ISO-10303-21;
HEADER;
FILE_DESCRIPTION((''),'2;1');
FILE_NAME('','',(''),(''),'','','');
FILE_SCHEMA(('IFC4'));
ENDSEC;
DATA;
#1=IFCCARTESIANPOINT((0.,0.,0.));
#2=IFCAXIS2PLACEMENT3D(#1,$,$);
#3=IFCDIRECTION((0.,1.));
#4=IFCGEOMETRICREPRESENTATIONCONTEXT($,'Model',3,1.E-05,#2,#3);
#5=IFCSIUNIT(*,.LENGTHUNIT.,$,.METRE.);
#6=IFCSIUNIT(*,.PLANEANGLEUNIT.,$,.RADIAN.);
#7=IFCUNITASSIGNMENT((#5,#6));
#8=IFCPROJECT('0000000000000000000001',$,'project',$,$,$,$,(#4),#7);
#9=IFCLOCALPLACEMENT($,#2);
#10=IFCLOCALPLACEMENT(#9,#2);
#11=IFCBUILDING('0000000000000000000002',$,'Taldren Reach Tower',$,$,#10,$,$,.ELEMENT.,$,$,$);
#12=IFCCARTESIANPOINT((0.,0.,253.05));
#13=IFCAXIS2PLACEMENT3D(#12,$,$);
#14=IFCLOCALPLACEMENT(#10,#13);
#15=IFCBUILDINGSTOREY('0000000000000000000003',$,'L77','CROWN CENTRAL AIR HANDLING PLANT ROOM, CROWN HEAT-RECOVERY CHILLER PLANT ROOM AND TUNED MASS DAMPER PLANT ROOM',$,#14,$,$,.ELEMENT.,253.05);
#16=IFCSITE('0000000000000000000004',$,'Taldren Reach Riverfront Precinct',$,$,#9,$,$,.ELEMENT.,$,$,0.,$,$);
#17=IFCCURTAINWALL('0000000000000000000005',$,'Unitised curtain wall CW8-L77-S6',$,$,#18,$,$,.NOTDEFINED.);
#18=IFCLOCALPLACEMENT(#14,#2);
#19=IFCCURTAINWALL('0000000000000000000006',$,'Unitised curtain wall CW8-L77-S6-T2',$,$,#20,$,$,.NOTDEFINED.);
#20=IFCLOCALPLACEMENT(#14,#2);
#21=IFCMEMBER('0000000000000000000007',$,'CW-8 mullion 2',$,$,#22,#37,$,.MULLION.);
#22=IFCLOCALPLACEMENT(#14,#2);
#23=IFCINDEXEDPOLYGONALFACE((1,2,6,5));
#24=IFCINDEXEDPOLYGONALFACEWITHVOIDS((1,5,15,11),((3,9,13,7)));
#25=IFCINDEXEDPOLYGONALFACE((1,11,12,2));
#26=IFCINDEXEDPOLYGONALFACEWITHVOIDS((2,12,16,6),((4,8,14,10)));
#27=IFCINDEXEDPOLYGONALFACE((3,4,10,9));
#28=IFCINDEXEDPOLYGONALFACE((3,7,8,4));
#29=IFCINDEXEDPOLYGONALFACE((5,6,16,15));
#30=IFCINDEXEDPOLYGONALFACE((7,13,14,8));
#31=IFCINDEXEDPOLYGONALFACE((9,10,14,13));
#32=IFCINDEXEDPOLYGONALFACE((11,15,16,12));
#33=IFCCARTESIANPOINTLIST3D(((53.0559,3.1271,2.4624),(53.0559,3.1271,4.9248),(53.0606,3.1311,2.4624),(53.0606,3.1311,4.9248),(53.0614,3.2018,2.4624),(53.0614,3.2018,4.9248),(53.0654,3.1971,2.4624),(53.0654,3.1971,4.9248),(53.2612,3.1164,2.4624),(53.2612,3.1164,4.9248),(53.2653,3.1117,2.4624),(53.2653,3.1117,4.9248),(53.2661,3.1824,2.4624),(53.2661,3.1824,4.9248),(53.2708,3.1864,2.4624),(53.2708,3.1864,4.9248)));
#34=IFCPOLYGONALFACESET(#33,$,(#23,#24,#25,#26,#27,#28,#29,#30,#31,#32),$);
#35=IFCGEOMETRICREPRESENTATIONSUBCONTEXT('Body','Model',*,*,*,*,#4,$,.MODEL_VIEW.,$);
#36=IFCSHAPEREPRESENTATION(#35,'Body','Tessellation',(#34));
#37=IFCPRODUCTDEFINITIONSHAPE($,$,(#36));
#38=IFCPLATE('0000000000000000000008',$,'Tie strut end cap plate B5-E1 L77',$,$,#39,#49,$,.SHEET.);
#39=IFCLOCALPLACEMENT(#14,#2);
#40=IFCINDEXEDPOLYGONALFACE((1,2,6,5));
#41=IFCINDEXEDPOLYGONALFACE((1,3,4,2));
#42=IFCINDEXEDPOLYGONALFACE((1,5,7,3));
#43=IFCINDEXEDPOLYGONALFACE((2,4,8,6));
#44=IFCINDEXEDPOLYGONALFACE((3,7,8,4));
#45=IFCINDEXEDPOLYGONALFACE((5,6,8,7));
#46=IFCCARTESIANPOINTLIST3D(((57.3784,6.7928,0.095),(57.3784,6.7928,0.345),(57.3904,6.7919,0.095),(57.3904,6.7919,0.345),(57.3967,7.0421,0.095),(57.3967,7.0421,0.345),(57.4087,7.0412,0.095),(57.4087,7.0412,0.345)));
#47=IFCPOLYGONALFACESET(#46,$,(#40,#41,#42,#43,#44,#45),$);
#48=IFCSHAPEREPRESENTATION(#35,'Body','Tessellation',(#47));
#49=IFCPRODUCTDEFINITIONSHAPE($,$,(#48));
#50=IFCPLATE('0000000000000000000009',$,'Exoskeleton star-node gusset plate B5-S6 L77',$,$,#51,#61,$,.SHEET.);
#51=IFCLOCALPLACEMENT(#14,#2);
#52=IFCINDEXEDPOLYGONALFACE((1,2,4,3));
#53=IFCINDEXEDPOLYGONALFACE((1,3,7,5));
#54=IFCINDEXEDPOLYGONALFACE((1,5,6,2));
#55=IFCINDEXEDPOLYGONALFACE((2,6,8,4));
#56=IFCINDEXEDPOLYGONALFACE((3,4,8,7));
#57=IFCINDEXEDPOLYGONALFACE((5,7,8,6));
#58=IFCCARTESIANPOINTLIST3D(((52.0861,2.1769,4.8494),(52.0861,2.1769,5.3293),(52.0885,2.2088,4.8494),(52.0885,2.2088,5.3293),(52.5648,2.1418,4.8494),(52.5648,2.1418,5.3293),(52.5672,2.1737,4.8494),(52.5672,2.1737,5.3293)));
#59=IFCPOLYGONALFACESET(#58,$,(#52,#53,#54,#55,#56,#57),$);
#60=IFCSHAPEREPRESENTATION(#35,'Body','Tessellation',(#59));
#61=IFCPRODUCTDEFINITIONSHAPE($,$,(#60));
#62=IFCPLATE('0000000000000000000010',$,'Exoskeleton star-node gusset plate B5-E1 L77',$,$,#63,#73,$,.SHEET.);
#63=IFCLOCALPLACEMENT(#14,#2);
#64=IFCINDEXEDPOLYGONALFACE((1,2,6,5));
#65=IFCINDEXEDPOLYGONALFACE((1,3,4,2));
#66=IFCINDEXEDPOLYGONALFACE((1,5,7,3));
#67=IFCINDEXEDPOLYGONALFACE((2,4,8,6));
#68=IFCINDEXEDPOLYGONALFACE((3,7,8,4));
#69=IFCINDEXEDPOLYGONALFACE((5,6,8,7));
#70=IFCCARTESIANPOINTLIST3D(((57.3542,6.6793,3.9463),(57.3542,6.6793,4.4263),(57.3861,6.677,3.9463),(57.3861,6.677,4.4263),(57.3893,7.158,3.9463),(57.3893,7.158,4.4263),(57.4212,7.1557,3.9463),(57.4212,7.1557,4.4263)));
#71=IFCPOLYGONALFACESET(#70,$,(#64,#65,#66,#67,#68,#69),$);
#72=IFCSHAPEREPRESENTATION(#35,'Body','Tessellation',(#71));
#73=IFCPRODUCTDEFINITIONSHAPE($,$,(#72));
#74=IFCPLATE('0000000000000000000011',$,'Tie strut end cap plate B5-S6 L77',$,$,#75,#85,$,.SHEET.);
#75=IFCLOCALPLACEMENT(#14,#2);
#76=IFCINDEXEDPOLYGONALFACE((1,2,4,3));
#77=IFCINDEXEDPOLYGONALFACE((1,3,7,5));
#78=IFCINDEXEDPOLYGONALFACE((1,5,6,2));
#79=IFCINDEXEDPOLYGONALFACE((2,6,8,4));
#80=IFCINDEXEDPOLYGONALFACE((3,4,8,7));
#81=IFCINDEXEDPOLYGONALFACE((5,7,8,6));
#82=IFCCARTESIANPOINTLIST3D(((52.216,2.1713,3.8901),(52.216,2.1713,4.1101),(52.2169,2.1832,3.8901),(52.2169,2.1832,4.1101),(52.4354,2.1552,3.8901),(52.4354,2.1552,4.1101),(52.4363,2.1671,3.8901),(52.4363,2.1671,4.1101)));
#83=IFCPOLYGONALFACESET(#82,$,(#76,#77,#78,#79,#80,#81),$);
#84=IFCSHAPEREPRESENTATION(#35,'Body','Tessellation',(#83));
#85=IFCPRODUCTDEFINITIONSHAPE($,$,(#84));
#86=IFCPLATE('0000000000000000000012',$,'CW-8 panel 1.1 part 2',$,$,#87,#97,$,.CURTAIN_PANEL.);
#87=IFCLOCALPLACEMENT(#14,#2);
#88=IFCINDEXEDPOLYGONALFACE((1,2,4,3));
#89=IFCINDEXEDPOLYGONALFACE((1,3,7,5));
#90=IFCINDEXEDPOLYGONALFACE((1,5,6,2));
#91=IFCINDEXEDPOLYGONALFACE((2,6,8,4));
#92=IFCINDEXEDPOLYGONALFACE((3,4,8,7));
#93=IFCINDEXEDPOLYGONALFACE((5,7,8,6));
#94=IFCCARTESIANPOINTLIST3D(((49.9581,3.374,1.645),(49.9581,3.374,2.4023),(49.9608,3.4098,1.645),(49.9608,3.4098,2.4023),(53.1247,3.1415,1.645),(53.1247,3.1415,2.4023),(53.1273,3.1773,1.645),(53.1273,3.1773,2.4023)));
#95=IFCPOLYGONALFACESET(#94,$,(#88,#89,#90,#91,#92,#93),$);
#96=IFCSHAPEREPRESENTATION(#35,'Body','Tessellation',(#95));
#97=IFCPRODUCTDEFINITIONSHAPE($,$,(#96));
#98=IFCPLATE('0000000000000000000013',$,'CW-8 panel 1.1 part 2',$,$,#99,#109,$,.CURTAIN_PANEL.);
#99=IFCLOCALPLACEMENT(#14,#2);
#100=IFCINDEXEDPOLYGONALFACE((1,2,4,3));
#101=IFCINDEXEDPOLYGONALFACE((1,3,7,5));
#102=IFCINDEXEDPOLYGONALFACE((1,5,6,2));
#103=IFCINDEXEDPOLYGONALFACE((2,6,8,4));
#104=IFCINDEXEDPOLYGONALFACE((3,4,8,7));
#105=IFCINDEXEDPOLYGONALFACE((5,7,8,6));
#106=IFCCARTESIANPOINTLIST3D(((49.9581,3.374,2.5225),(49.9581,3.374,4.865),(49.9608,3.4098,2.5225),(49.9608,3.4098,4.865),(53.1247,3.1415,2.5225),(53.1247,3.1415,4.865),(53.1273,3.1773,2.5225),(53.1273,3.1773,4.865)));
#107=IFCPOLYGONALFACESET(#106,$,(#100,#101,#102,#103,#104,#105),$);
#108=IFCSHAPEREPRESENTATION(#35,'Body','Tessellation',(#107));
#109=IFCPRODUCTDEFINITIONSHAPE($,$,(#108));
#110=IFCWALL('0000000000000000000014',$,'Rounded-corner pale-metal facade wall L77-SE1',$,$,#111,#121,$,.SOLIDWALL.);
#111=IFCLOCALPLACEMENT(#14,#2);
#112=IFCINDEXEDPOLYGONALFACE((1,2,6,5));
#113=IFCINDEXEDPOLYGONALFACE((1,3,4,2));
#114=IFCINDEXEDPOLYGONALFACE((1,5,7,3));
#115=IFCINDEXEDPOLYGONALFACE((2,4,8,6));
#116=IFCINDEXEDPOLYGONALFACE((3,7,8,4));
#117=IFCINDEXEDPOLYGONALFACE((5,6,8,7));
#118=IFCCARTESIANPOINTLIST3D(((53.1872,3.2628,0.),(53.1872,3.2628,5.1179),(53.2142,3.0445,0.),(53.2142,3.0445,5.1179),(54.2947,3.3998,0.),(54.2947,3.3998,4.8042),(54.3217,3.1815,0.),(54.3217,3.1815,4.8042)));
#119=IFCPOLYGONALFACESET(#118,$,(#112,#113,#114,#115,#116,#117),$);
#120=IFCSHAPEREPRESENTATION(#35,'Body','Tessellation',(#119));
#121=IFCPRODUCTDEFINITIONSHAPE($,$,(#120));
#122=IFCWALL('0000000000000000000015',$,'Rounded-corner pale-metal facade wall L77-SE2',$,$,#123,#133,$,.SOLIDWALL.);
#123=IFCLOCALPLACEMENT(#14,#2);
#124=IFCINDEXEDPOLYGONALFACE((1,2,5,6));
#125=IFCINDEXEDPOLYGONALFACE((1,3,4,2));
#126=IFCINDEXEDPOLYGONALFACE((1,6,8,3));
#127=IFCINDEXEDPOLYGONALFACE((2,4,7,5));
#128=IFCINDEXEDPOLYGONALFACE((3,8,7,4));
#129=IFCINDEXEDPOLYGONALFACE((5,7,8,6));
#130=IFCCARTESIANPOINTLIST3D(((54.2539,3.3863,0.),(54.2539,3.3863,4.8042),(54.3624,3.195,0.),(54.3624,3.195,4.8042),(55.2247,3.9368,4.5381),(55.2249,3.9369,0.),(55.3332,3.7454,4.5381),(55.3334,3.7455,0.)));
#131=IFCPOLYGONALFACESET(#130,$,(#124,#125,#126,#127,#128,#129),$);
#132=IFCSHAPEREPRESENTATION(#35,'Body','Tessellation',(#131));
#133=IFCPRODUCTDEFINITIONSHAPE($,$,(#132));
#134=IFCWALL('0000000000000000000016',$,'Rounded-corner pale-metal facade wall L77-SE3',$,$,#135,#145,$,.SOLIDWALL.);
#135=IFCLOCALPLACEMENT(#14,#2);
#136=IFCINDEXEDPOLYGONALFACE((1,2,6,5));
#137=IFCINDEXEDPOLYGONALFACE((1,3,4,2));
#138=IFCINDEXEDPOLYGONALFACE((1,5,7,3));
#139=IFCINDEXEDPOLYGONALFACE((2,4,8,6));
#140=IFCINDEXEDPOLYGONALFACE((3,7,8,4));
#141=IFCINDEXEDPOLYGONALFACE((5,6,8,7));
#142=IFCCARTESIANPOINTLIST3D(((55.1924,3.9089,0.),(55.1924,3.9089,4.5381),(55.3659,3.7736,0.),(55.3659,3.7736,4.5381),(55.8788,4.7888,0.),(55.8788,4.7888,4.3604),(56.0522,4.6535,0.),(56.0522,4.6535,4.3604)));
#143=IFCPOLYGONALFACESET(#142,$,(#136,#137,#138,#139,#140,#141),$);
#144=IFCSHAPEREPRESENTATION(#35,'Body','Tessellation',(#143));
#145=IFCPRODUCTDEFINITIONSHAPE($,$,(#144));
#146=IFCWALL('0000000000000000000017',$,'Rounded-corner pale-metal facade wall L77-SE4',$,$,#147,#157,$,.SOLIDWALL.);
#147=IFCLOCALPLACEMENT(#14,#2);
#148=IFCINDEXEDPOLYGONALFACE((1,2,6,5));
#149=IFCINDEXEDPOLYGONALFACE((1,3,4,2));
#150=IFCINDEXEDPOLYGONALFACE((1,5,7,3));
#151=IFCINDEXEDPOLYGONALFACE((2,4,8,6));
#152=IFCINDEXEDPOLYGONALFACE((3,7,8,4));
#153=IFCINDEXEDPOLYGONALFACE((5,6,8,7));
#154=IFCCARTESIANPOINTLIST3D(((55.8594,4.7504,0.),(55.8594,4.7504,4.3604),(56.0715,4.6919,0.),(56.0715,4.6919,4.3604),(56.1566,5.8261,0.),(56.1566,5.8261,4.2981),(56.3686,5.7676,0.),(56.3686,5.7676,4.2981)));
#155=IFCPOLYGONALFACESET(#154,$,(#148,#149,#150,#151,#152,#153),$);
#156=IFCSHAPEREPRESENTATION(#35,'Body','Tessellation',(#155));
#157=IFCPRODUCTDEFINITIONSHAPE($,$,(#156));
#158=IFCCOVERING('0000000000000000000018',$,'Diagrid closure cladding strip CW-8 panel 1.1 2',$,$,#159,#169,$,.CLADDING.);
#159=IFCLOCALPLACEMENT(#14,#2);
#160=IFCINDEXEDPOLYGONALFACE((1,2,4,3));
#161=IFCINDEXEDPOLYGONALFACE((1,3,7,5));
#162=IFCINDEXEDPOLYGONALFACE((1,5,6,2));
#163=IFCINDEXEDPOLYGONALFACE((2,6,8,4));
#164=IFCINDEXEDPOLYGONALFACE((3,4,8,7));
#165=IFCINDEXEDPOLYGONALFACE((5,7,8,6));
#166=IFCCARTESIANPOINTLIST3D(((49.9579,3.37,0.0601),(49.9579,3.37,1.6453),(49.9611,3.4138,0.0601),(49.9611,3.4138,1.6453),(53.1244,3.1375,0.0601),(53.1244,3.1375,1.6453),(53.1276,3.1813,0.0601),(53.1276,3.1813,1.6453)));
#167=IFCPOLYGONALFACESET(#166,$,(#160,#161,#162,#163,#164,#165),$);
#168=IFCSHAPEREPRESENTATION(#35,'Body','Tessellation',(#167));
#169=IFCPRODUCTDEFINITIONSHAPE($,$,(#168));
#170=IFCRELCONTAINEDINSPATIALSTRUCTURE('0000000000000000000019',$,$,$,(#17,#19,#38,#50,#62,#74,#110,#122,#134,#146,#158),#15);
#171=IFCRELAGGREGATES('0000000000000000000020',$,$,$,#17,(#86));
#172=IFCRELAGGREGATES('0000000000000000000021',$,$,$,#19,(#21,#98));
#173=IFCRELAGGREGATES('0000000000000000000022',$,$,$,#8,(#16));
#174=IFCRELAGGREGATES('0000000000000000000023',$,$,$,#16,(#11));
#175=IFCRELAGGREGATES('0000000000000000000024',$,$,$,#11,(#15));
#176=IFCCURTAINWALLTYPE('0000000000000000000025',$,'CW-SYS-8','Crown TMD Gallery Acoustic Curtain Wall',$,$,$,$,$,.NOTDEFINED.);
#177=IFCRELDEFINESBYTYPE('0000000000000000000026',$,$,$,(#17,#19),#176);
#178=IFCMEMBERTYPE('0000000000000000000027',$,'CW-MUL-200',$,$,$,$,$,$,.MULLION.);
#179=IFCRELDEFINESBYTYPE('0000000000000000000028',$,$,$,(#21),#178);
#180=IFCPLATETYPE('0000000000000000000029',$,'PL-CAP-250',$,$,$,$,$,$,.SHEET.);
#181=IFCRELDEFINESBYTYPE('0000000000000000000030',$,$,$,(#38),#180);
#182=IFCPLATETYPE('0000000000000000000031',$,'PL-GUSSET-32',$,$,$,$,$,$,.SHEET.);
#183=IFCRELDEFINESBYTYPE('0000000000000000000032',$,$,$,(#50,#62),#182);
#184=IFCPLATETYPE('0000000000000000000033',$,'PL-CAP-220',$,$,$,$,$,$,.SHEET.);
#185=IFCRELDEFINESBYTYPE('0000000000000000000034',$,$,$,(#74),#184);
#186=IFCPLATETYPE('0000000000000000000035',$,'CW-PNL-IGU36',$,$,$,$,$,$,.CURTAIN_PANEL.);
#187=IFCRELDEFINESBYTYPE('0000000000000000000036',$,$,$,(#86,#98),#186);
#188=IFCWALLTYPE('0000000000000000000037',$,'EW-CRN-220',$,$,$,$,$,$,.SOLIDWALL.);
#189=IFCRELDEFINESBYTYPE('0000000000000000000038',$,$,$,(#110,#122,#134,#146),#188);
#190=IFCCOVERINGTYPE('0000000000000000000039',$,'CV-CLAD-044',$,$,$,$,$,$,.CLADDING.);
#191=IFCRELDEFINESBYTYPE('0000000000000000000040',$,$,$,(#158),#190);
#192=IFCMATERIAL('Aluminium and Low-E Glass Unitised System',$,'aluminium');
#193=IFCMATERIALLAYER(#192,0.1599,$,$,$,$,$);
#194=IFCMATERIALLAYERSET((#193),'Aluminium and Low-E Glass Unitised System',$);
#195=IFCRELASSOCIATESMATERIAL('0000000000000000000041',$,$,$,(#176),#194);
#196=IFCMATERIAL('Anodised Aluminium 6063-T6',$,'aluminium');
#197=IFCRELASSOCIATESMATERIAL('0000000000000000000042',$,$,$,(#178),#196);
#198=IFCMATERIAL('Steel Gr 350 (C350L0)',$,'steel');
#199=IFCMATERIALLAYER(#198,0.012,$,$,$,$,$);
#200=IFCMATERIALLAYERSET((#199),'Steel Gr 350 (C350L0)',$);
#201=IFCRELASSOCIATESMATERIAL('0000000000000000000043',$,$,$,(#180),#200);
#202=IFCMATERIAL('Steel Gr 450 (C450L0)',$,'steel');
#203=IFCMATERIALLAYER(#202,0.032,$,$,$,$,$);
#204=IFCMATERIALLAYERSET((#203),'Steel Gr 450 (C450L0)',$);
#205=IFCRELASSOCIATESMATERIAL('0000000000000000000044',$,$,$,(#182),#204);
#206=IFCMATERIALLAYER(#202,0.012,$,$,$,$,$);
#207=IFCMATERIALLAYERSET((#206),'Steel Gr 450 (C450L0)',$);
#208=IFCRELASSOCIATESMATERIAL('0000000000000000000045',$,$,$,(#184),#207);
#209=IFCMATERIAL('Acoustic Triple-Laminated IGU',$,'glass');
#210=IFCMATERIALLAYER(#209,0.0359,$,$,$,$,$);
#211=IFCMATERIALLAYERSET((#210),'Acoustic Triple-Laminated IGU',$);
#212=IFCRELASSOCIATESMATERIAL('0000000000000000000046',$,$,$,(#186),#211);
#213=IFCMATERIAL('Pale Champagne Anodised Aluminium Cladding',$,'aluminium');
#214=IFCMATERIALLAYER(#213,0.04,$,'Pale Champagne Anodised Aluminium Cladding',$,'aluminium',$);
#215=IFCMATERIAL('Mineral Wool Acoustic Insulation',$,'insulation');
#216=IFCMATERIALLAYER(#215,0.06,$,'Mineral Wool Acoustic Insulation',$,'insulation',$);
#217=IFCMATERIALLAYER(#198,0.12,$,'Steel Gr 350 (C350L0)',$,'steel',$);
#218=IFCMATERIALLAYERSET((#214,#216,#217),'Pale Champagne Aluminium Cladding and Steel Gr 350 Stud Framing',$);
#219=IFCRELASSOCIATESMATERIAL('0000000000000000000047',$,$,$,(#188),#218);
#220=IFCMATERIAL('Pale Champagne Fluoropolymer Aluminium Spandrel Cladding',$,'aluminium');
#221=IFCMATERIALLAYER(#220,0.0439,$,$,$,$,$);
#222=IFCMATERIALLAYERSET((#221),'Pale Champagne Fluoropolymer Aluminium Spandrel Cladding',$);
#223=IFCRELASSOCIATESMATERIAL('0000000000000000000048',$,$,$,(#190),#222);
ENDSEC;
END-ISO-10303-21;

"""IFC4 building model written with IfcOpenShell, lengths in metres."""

from ifc_helpers import new_model, si_unit, direction, frame, origin, origin_2d, place, context, subcontext, project, spatial, polyline, rectangle, hollow_rectangle, outline, extrude, source, transform, mapped, material, layer, layer_set, material_profile, profile_set, type_object, element, aggregate, save


model = new_model("IFC4")

# Units and contexts
model_context = context("Model", 3, precision=1e-05, world=origin(), true_north=direction((0.0, 1.0)))
body_context = subcontext(model_context, "Body", "Model", "MODEL_VIEW")
ifc_project = project(units=[si_unit("LENGTHUNIT", "METRE"), si_unit("PLANEANGLEUNIT", "RADIAN")], contexts=[model_context])

# Site, building, storey
site_placement = place(None, origin())
site = spatial("IfcSite", under=ifc_project, at=site_placement, Name="Taldren Reach Riverfront Precinct", CompositionType="ELEMENT", RefElevation=0.0)
building_placement = place(site_placement, origin())
building = spatial("IfcBuilding", under=site, at=building_placement, Name="Taldren Reach Tower", CompositionType="ELEMENT")
storey_placement = place(building_placement, frame((0.0, 0.0, 253.05)))
storey = spatial("IfcBuildingStorey", under=building, at=storey_placement, Name="L77", Description="CROWN CENTRAL AIR HANDLING PLANT ROOM, CROWN HEAT-RECOVERY CHILLER PLANT ROOM AND TUNED MASS DAMPER PLANT ROOM", CompositionType="ELEMENT", Elevation=253.05)

# Shared definitions
ifc_material_1 = material(Name="Steel Gr 450 (C450L0)", Category="steel")

# Shared definitions
ifc_material_2 = material(Name="Steel Gr 350 (C350L0)", Category="steel")

# Shared definitions
ifc_material_3 = material(Name="Aluminium and Low-E Glass Unitised System", Category="aluminium")
ifc_layer_1 = layer(ifc_material_3, 0.1599)
ifc_layer_set_1 = layer_set([ifc_layer_1], Name="Aluminium and Low-E Glass Unitised System")
curtain_wall_type = type_object("IfcCurtainWallType", Name="CW-SYS-8", Description="Crown TMD Gallery Acoustic Curtain Wall", PredefinedType="NOTDEFINED", material=ifc_layer_set_1)
ifc_material_4 = material(Name="Anodised Aluminium 6063-T6", Category="aluminium")
ifc_material_profile_1 = material_profile(ifc_material_4, hollow_rectangle(XDim=0.075, YDim=0.21, WallThickness=0.0044, at=origin_2d()), Name="ALU-210x75x4.5RHS")
ifc_profile_set_1 = profile_set([ifc_material_profile_1], Name="Anodised Aluminium 6063-T6")
member_type_1 = type_object("IfcMemberType", Name="CW-MUL-200", PredefinedType="MULLION", material=ifc_profile_set_1)

# Curtain walls, member
curtain_wall_1_placement = place(storey_placement, origin())
curtain_wall_1 = element("IfcCurtainWall", 1, at=curtain_wall_1_placement, inside=storey, type_object=curtain_wall_type, Name="Unitised curtain wall CW8-L77-S6", PredefinedType="NOTDEFINED")
shared_shape_1 = source(origin(), body_context, "Body", "SweptSolid", [
    extrude(hollow_rectangle(XDim=0.075, YDim=0.21, WallThickness=0.0044, at=origin_2d()), origin(), (0.0, 0.0, 1.0), 2.4624),
])
curtain_wall_2_placement = place(storey_placement, origin())
curtain_wall_2 = element("IfcCurtainWall", 2, at=curtain_wall_2_placement, inside=storey, type_object=curtain_wall_type, Name="Unitised curtain wall CW8-L77-S6-T2", PredefinedType="NOTDEFINED")
member_1_placement = place(storey_placement, frame((53.1633, 3.1567, 2.4624), z_axis=(0.0, 0.0, 1.0), x_axis=(0.073239, 0.997314, 0.0)))
member_1 = element("IfcMember", 3, at=member_1_placement, type_object=member_type_1, Name="CW-8 mullion 2", PredefinedType="MULLION", context=body_context, shape_type="MappedRepresentation", body=[
    mapped(shared_shape_1, transform((0.0, 0.0, 0.0), scale=1.0)),
])

# Plates
ifc_layer_2 = layer(ifc_material_2, 0.012)
ifc_layer_set_2 = layer_set([ifc_layer_2], Name="Steel Gr 350 (C350L0)")
plate_type_1 = type_object("IfcPlateType", Name="PL-CAP-250", PredefinedType="SHEET", material=ifc_layer_set_2)
shared_shape_2 = source(origin(), body_context, "Body", "SweptSolid", [
    extrude(rectangle(XDim=0.012, YDim=0.25, at=origin_2d()), origin(), (0.0, 0.0, 1.0), 0.25),
])
plate_1_placement = place(storey_placement, frame((57.3936, 6.917, 0.095), z_axis=(0.0, 0.0, 1.0), x_axis=(0.997314, -0.073238, 0.0)))
element("IfcPlate", 4, at=plate_1_placement, inside=storey, type_object=plate_type_1, Name="Tie strut end cap plate B5-E1 L77", PredefinedType="SHEET", context=body_context, shape_type="MappedRepresentation", body=[
    mapped(shared_shape_2, transform((0.0, 0.0, 0.0), scale=1.0)),
])
ifc_layer_3 = layer(ifc_material_1, 0.032)
ifc_layer_set_3 = layer_set([ifc_layer_3], Name="Steel Gr 450 (C450L0)")
plate_type_2 = type_object("IfcPlateType", Name="PL-GUSSET-32", PredefinedType="SHEET", material=ifc_layer_set_3)
shared_shape_3 = source(origin(), body_context, "Body", "SweptSolid", [
    extrude(rectangle(XDim=0.48, YDim=0.032, at=origin_2d()), origin(), (0.0, 0.0, 1.0), 0.48),
])
for number, where, z_axis, x_axis, name in (
    (5, (52.3267, 2.1753, 4.8494), (0.0, 0.0, 1.0), (0.997314, -0.073238, 0.0), "Exoskeleton star-node gusset plate B5-S6 L77"),
    (6, (57.3877, 6.9175, 3.9463), (0.0, 0.0, 1.0), (0.073238, 0.997314, 0.0), "Exoskeleton star-node gusset plate B5-E1 L77"),
):
    element("IfcPlate", number, at=place(storey_placement, frame(where, z_axis=z_axis, x_axis=x_axis)), inside=storey, type_object=plate_type_2, Name=name, PredefinedType="SHEET", context=body_context, shape_type="MappedRepresentation", body=[
        mapped(shared_shape_3, transform((0.0, 0.0, 0.0), scale=1.0)),
    ])
ifc_layer_4 = layer(ifc_material_1, 0.012)
ifc_layer_set_4 = layer_set([ifc_layer_4], Name="Steel Gr 450 (C450L0)")
plate_type_3 = type_object("IfcPlateType", Name="PL-CAP-220", PredefinedType="SHEET", material=ifc_layer_set_4)
shared_shape_4 = source(origin(), body_context, "Body", "SweptSolid", [
    extrude(rectangle(XDim=0.22, YDim=0.012, at=origin_2d()), origin(), (0.0, 0.0, 1.0), 0.22),
])
plate_2_placement = place(storey_placement, frame((52.3262, 2.1692, 3.8901), z_axis=(0.0, 0.0, 1.0), x_axis=(0.997314, -0.073238, 0.0)))
element("IfcPlate", 7, at=plate_2_placement, inside=storey, type_object=plate_type_3, Name="Tie strut end cap plate B5-S6 L77", PredefinedType="SHEET", context=body_context, shape_type="MappedRepresentation", body=[
    mapped(shared_shape_4, transform((0.0, 0.0, 0.0), scale=1.0)),
])

# Plates
ifc_material_5 = material(Name="Acoustic Triple-Laminated IGU", Category="glass")
ifc_layer_5 = layer(ifc_material_5, 0.0359)
ifc_layer_set_5 = layer_set([ifc_layer_5], Name="Acoustic Triple-Laminated IGU")
plate_type_4 = type_object("IfcPlateType", Name="CW-PNL-IGU36", PredefinedType="CURTAIN_PANEL", material=ifc_layer_set_5)
shared_shape_5 = source(origin(), body_context, "Body", "SweptSolid", [
    extrude(rectangle(XDim=3.175, YDim=0.0359, at=origin_2d()), origin(), (0.0, 0.0, 1.0), 0.7573),
])
plate_3_placement = place(storey_placement, frame((51.5427, 3.2756, 1.645), z_axis=(0.0, 0.0, 1.0), x_axis=(0.997314, -0.073239, 0.0)))
plate_3 = element("IfcPlate", 8, at=plate_3_placement, type_object=plate_type_4, Name="CW-8 panel 1.1 part 2", PredefinedType="CURTAIN_PANEL", context=body_context, shape_type="MappedRepresentation", body=[
    mapped(shared_shape_5, transform((0.0, 0.0, 0.0), scale=1.0)),
])
aggregate(curtain_wall_1, [plate_3])
shared_shape_6 = source(origin(), body_context, "Body", "SweptSolid", [
    extrude(rectangle(XDim=3.175, YDim=0.0359, at=origin_2d()), origin(), (0.0, 0.0, 1.0), 2.3425),
])
plate_4_placement = place(storey_placement, frame((51.5427, 3.2756, 2.5225), z_axis=(0.0, 0.0, 1.0), x_axis=(0.997314, -0.073239, 0.0)))
plate_4 = element("IfcPlate", 9, at=plate_4_placement, type_object=plate_type_4, Name="CW-8 panel 1.1 part 2", PredefinedType="CURTAIN_PANEL", context=body_context, shape_type="MappedRepresentation", body=[
    mapped(shared_shape_6, transform((0.0, 0.0, 0.0), scale=1.0)),
])
aggregate(curtain_wall_2, [member_1, plate_4])

# Walls
ifc_material_6 = material(Name="Pale Champagne Anodised Aluminium Cladding", Category="aluminium")
ifc_layer_6 = layer(ifc_material_6, 0.04, Name="Pale Champagne Anodised Aluminium Cladding", Category="aluminium")
ifc_material_7 = material(Name="Mineral Wool Acoustic Insulation", Category="insulation")
ifc_layer_7 = layer(ifc_material_7, 0.06, Name="Mineral Wool Acoustic Insulation", Category="insulation")
ifc_layer_8 = layer(ifc_material_2, 0.12, Name="Steel Gr 350 (C350L0)", Category="steel")
ifc_layer_set_6 = layer_set([ifc_layer_6, ifc_layer_7, ifc_layer_8], Name="Pale Champagne Aluminium Cladding and Steel Gr 350 Stud Framing")
wall_type = type_object("IfcWallType", Name="EW-CRN-220", PredefinedType="SOLIDWALL", material=ifc_layer_set_6)
wall_1_placement = place(storey_placement, frame((53.2007, 3.1538, 0.0), z_axis=(0.0, 0.0, 1.0), x_axis=(0.992439, 0.122742, 0.0)))
element("IfcWall", 10, at=wall_1_placement, inside=storey, type_object=wall_type, Name="Rounded-corner pale-metal facade wall L77-SE1", PredefinedType="SOLIDWALL", context=body_context, shape_type="SweptSolid", body=[
    extrude(outline(polyline([(0.0, 0.0), (1.116, 0.0), (1.116, 4.8042), (0.0, 5.1179), (0.0, 0.0)])), frame((0.0, 0.1099, 0.0), z_axis=(0.0, -1.0, 0.0), x_axis=(1.0, 0.0, 0.0)), (0.0, 0.0, 1.0), 0.22),
])
wall_2_placement = place(storey_placement, frame((54.3081, 3.2908, 0.0), z_axis=(0.0, 0.0, 1.0), x_axis=(0.869894, 0.493239, 0.0)))
element("IfcWall", 11, at=wall_2_placement, inside=storey, type_object=wall_type, Name="Rounded-corner pale-metal facade wall L77-SE2", PredefinedType="SOLIDWALL", context=body_context, shape_type="SweptSolid", body=[
    extrude(outline(polyline([(0.0, 0.0), (1.1162, 0.0), (1.116, 4.5381), (0.0, 4.8042), (0.0, 0.0)])), frame((0.0, 0.1099, 0.0), z_axis=(0.0, -1.0, 0.0), x_axis=(1.0, 0.0, 0.0)), (0.0, 0.0, 1.0), 0.22),
])
wall_3_placement = place(storey_placement, frame((55.2791, 3.8413, 0.0), z_axis=(0.0, 0.0, 1.0), x_axis=(0.615015, 0.788515, 0.0)))
element("IfcWall", 12, at=wall_3_placement, inside=storey, type_object=wall_type, Name="Rounded-corner pale-metal facade wall L77-SE3", PredefinedType="SOLIDWALL", context=body_context, shape_type="SweptSolid", body=[
    extrude(outline(polyline([(0.0, 0.0), (1.116, 0.0), (1.116, 4.3604), (0.0, 4.5381), (0.0, 0.0)])), frame((0.0, 0.1099, 0.0), z_axis=(0.0, -1.0, 0.0), x_axis=(1.0, 0.0, 0.0)), (0.0, 0.0, 1.0), 0.22),
])
wall_4_placement = place(storey_placement, frame((55.9653, 4.7212, 0.0), z_axis=(0.0, 0.0, 1.0), x_axis=(0.266244, 0.963906, 0.0)))
element("IfcWall", 13, at=wall_4_placement, inside=storey, type_object=wall_type, Name="Rounded-corner pale-metal facade wall L77-SE4", PredefinedType="SOLIDWALL", context=body_context, shape_type="SweptSolid", body=[
    extrude(outline(polyline([(0.0, 0.0), (1.116, 0.0), (1.116, 4.2981), (0.0, 4.3604), (0.0, 0.0)])), frame((0.0, 0.1099, 0.0), z_axis=(0.0, -1.0, 0.0), x_axis=(1.0, 0.0, 0.0)), (0.0, 0.0, 1.0), 0.22),
])

# Covering
ifc_material_8 = material(Name="Pale Champagne Fluoropolymer Aluminium Spandrel Cladding", Category="aluminium")
ifc_layer_9 = layer(ifc_material_8, 0.0439)
ifc_layer_set_7 = layer_set([ifc_layer_9], Name="Pale Champagne Fluoropolymer Aluminium Spandrel Cladding")
covering_type = type_object("IfcCoveringType", Name="CV-CLAD-044", PredefinedType="CLADDING", material=ifc_layer_set_7)
shared_shape_7 = source(origin(), body_context, "Body", "SweptSolid", [
    extrude(rectangle(XDim=3.175, YDim=0.0439, at=origin_2d()), origin(), (0.0, 0.0, 1.0), 1.5852),
])
covering_placement = place(storey_placement, frame((51.5427, 3.2756, 0.0601), z_axis=(0.0, 0.0, 1.0), x_axis=(0.997314, -0.073239, 0.0)))
element("IfcCovering", 14, at=covering_placement, inside=storey, type_object=covering_type, Name="Diagrid closure cladding strip CW-8 panel 1.1 2", PredefinedType="CLADDING", context=body_context, shape_type="MappedRepresentation", body=[
    mapped(shared_shape_7, transform((0.0, 0.0, 0.0), scale=1.0)),
])

save(model, "model.ifc")
